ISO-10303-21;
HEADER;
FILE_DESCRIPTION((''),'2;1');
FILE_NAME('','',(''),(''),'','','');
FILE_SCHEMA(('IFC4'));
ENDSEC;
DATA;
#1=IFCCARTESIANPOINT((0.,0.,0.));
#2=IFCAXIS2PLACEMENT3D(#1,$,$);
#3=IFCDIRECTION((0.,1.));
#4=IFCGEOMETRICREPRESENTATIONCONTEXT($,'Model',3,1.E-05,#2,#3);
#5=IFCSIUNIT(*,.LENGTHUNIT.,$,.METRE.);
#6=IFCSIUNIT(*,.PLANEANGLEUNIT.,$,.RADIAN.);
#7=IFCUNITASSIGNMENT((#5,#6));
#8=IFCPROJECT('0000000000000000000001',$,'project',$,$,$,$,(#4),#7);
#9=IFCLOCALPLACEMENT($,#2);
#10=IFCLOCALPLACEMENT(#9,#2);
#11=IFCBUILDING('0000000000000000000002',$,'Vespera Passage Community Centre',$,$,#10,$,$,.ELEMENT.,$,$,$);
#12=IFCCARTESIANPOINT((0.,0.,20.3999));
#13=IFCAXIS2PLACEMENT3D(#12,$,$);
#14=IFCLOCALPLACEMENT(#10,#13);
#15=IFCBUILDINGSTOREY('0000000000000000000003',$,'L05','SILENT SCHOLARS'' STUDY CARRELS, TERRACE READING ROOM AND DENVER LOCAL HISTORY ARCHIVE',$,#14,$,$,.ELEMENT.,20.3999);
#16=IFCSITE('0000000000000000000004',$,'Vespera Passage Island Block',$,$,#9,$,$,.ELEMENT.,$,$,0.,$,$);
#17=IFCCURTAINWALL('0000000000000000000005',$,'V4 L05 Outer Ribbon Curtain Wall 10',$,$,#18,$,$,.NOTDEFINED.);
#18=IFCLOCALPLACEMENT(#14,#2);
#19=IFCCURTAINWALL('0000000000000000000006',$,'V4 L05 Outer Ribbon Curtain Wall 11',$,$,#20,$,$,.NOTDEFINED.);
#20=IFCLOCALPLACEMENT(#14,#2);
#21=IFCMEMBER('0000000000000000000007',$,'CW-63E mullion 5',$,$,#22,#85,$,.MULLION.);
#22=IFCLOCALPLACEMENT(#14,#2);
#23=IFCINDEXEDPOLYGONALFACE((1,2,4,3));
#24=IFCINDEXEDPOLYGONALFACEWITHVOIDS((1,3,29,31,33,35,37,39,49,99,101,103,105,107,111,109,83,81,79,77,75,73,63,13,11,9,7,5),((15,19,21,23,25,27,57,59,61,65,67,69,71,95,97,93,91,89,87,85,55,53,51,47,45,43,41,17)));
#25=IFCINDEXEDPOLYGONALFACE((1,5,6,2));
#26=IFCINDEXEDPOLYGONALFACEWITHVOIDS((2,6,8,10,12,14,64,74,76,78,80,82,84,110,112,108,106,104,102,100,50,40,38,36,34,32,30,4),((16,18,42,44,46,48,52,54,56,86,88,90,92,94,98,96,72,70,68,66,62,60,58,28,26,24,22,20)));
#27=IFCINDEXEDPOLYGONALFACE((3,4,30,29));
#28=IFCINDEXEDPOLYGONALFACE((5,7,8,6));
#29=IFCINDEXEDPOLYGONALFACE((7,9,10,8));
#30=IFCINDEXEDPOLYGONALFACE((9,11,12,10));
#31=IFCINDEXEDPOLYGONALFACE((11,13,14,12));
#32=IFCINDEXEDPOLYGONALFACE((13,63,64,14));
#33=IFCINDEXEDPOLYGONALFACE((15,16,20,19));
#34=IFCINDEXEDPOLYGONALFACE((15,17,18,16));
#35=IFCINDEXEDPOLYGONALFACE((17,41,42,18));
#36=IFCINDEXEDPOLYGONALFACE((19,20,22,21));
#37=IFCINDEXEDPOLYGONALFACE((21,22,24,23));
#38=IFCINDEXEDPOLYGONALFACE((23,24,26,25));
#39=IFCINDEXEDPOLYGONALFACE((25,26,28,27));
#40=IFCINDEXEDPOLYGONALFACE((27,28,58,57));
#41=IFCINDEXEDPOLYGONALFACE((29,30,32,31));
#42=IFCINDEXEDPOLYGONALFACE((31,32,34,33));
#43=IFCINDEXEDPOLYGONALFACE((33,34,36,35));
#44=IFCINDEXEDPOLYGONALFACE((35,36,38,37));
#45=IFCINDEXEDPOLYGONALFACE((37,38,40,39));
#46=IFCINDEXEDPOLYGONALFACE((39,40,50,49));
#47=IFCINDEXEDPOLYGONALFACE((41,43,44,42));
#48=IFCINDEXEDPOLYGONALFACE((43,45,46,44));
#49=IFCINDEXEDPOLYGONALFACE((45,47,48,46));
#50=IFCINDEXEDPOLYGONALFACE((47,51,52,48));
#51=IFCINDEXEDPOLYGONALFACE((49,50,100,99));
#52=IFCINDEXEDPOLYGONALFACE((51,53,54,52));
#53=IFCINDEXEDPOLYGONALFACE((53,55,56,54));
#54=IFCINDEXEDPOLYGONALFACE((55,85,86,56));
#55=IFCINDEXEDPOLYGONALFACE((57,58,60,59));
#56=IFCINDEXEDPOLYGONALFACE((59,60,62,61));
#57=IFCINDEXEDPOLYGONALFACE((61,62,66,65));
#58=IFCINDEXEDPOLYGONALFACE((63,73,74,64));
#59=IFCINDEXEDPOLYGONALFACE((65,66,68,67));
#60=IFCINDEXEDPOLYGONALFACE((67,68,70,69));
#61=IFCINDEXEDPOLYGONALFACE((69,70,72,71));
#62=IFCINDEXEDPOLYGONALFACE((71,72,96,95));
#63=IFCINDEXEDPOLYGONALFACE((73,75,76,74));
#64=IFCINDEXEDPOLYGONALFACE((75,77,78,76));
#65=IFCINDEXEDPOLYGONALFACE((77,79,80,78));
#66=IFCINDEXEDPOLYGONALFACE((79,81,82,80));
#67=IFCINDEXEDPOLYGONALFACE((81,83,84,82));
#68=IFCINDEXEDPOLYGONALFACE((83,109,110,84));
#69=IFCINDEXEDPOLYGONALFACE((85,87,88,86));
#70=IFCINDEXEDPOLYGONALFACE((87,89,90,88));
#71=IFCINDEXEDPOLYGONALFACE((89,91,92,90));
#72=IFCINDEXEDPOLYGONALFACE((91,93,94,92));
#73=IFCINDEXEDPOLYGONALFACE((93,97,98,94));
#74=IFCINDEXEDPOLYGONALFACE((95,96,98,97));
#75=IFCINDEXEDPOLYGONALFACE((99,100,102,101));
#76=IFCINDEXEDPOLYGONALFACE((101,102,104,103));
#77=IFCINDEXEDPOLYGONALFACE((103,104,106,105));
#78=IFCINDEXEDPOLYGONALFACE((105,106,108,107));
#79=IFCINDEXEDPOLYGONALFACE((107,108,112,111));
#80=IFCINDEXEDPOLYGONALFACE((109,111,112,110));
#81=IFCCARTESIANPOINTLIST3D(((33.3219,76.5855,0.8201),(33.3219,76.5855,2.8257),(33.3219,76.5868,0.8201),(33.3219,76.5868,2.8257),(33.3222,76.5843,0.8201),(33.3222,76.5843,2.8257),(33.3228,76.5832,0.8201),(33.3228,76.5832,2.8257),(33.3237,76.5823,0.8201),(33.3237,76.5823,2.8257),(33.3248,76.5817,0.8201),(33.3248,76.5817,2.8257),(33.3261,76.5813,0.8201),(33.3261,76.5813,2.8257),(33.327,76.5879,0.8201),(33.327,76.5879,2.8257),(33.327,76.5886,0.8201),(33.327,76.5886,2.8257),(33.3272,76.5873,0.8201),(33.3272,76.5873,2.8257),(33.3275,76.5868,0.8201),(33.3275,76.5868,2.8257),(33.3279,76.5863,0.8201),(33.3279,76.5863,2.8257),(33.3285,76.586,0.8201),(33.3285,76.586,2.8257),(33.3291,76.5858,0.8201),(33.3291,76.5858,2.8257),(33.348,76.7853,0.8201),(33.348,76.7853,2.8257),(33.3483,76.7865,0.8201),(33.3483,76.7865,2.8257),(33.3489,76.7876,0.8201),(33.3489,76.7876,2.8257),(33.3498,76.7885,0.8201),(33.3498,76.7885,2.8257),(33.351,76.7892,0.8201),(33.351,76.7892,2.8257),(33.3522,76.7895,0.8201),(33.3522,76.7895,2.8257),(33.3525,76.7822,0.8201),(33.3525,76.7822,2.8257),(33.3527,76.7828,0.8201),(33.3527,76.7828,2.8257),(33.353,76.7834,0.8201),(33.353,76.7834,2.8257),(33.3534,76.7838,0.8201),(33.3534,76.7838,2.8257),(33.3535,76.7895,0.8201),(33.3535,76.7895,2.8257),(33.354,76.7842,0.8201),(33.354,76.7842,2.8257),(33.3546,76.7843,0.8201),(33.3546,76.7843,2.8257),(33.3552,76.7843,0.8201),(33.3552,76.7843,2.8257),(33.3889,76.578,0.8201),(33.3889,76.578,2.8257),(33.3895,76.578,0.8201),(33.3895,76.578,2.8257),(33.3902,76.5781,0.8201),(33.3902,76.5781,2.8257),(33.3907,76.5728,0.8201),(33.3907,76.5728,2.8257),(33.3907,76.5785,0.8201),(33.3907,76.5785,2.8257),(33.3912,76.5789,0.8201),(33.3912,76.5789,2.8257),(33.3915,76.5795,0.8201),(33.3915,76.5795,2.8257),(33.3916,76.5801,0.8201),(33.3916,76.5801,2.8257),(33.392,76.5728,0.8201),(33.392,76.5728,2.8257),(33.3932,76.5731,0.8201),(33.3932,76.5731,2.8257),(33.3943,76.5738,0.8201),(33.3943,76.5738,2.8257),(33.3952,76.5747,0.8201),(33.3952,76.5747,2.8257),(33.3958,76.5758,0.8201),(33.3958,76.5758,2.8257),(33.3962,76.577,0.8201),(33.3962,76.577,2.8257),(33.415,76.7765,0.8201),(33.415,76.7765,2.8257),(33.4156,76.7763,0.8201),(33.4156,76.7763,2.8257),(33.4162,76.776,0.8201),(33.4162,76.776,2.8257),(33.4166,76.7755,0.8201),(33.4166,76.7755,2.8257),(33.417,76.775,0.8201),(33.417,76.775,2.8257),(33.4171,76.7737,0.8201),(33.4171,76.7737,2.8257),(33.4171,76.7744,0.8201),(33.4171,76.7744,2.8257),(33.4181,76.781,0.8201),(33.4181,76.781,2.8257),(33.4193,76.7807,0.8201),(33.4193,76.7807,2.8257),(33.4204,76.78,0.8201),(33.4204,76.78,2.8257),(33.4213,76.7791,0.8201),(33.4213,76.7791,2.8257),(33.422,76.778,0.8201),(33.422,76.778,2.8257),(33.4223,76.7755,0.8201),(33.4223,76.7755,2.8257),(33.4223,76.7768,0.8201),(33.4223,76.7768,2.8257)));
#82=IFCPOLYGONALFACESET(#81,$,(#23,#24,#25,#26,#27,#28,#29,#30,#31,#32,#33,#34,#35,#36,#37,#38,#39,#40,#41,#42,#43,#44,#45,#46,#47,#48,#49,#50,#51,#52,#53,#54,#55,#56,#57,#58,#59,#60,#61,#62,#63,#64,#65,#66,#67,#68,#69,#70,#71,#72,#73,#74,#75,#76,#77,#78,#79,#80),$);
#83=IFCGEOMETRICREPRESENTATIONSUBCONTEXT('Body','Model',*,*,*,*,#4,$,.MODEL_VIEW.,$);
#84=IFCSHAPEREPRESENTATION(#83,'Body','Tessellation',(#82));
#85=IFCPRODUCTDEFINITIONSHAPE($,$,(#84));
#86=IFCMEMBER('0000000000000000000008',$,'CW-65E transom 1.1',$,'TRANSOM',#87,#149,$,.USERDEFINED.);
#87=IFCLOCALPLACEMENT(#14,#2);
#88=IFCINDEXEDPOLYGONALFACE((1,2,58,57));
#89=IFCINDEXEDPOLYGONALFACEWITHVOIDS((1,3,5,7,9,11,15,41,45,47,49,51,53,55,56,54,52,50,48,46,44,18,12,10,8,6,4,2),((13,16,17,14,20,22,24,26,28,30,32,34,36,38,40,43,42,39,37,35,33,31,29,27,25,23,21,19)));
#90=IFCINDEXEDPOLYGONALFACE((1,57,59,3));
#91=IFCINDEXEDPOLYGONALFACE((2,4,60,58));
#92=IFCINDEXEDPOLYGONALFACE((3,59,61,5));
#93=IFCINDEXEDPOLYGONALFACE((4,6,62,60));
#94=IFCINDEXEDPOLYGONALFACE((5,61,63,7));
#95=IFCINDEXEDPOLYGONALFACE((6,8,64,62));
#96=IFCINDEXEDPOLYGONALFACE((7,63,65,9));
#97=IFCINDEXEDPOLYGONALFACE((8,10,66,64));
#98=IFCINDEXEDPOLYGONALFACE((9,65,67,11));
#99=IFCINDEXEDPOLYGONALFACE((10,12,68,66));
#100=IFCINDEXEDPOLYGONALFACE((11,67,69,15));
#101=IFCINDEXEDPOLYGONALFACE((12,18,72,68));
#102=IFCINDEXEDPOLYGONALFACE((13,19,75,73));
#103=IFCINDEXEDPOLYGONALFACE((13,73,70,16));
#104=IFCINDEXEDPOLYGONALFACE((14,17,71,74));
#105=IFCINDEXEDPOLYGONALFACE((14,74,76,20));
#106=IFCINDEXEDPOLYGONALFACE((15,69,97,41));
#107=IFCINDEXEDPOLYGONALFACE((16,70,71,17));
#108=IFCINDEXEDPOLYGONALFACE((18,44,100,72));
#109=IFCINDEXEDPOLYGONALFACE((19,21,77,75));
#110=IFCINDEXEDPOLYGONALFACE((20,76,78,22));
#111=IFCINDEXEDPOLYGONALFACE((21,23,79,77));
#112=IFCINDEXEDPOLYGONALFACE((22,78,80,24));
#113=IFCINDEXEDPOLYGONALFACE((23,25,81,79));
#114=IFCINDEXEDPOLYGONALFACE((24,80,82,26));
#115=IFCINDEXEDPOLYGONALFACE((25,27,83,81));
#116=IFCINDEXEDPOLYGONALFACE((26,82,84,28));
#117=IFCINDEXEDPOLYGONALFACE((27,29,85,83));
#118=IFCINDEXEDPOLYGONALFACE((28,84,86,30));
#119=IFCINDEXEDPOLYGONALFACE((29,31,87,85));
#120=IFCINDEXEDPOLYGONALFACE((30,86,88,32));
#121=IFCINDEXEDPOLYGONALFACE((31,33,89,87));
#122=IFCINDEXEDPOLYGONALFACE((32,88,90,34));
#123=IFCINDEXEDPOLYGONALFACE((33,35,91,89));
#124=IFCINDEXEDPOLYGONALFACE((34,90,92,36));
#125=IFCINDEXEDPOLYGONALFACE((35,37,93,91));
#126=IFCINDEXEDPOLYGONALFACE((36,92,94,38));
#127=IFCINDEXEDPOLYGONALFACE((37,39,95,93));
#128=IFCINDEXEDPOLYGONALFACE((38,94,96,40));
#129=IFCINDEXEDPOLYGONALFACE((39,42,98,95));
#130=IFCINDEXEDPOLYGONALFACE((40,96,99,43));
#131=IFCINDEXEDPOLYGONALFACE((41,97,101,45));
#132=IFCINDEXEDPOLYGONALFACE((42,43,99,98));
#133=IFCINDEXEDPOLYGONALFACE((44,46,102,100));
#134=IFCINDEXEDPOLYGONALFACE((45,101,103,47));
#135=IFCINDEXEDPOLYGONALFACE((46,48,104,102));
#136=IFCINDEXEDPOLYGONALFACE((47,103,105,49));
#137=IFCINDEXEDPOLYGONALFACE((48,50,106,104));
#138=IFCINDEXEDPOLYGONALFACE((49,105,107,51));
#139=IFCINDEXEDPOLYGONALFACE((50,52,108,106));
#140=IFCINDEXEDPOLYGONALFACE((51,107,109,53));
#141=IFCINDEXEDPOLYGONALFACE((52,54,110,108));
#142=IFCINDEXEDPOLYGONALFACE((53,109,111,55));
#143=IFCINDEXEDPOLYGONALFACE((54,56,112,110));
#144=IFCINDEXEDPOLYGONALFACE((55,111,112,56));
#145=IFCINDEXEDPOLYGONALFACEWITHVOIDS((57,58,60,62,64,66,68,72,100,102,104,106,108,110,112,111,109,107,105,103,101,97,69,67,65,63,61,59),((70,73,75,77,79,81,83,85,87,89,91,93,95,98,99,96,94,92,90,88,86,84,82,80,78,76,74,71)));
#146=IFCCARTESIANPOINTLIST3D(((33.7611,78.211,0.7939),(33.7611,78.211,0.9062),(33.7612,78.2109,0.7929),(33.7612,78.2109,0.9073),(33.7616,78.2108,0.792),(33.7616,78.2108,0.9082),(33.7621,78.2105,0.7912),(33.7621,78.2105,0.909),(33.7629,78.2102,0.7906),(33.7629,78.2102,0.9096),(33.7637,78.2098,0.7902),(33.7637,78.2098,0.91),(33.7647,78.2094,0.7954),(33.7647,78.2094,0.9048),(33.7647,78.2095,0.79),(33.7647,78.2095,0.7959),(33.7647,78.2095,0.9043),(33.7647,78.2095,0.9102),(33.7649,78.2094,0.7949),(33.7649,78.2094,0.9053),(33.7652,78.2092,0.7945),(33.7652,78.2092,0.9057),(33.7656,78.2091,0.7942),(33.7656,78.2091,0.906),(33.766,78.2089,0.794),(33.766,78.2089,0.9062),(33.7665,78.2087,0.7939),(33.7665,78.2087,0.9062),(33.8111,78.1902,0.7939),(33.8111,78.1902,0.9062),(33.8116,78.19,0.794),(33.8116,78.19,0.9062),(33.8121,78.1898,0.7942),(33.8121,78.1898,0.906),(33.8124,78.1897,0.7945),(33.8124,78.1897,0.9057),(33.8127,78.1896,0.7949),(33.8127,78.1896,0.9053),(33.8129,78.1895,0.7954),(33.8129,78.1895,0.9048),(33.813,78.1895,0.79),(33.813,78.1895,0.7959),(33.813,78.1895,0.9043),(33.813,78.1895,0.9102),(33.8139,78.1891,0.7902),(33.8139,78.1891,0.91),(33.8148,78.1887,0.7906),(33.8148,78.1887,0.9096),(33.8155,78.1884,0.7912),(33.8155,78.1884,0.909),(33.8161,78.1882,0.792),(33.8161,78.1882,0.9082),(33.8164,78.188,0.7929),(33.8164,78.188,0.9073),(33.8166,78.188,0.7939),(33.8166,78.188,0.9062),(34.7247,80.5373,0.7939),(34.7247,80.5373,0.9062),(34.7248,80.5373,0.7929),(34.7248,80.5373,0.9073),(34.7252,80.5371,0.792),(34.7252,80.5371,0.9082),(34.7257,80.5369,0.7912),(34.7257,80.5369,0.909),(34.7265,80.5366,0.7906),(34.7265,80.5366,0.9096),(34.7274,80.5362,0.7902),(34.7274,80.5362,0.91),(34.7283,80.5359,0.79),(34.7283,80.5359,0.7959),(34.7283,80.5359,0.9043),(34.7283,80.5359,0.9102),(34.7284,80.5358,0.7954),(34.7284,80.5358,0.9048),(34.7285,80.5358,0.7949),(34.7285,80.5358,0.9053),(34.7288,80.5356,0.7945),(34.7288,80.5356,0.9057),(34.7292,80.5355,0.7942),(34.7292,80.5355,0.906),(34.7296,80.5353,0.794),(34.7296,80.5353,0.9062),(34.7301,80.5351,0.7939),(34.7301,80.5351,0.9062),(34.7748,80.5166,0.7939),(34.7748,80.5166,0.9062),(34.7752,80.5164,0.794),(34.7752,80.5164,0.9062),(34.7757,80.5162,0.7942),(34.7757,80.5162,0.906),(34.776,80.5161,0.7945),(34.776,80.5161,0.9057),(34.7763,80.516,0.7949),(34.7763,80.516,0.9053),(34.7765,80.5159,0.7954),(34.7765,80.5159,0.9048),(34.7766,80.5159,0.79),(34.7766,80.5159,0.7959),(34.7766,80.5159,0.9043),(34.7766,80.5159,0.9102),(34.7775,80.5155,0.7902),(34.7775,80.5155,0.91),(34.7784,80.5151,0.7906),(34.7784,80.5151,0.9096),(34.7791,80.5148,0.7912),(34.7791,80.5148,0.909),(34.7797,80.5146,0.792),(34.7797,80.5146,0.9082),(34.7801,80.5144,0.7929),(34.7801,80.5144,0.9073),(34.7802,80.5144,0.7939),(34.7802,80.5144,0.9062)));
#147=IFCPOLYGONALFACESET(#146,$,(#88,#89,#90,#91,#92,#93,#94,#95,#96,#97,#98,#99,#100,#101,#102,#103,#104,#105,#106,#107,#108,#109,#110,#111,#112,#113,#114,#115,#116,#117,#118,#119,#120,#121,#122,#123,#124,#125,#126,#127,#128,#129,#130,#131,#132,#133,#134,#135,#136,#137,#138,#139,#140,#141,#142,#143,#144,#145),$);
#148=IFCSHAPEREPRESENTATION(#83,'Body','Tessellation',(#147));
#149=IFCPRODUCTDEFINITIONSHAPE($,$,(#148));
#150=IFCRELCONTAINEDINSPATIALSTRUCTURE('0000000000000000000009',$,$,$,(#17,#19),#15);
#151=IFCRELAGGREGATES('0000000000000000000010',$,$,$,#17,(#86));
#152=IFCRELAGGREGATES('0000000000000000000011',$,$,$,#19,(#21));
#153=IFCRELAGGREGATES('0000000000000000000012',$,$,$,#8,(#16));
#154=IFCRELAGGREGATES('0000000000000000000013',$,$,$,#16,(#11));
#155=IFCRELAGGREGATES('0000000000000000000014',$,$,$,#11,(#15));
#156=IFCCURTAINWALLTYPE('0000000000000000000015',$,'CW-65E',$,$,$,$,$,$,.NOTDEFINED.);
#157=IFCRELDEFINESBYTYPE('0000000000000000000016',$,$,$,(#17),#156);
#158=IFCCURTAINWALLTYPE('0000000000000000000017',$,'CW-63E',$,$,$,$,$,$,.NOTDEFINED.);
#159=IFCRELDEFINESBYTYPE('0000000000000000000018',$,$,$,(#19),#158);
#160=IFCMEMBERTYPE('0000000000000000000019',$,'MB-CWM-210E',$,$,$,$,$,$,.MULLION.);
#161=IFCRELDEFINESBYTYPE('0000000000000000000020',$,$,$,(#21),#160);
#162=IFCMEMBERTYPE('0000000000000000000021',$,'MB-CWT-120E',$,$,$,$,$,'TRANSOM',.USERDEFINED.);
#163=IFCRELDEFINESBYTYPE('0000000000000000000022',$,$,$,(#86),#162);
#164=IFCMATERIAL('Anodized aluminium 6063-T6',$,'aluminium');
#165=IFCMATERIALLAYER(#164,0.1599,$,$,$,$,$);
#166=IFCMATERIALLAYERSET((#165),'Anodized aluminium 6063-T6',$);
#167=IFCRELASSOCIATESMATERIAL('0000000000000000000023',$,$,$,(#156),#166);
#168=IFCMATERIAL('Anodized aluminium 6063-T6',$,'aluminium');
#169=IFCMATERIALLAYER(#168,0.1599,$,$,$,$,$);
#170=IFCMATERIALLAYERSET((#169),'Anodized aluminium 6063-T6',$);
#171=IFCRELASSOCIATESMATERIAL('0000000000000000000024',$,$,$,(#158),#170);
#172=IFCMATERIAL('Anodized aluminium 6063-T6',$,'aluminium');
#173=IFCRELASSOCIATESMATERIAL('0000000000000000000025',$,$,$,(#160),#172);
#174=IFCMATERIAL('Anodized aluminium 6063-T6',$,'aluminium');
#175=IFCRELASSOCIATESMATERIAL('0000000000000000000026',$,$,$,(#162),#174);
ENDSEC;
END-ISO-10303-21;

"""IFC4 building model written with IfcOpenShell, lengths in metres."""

from ifc_helpers import new_model, si_unit, direction, frame, origin, origin_2d, place, context, subcontext, project, spatial, hollow_rectangle, extrude, material, layer, layer_set, material_profile, profile_set, type_object, element, aggregate, save


model = new_model("IFC4")

# Units and contexts
model_context = context("Model", 3, precision=1e-05, world=origin(), true_north=direction((0.0, 1.0)))
body_context = subcontext(model_context, "Body", "Model", "MODEL_VIEW")
ifc_project = project(units=[si_unit("LENGTHUNIT", "METRE"), si_unit("PLANEANGLEUNIT", "RADIAN")], contexts=[model_context])

# Site, building, storey
site_placement = place(None, origin())
site = spatial("IfcSite", under=ifc_project, at=site_placement, Name="Vespera Passage Island Block", CompositionType="ELEMENT", RefElevation=0.0)
building_placement = place(site_placement, origin())
building = spatial("IfcBuilding", under=site, at=building_placement, Name="Vespera Passage Community Centre", CompositionType="ELEMENT")
storey_placement = place(building_placement, frame((0.0, 0.0, 20.3999)))
storey = spatial("IfcBuildingStorey", under=building, at=storey_placement, Name="L05", Description="SILENT SCHOLARS' STUDY CARRELS, TERRACE READING ROOM AND DENVER LOCAL HISTORY ARCHIVE", CompositionType="ELEMENT", Elevation=20.3999)

# Curtain wall
ifc_material_1 = material(Name="Anodized aluminium 6063-T6", Category="aluminium")
ifc_layer_1 = layer(ifc_material_1, 0.1599)
ifc_layer_set_1 = layer_set([ifc_layer_1], Name="Anodized aluminium 6063-T6")
curtain_wall_type_1 = type_object("IfcCurtainWallType", Name="CW-65E", PredefinedType="NOTDEFINED", material=ifc_layer_set_1)
curtain_wall_1_placement = place(storey_placement, origin())
curtain_wall_1 = element("IfcCurtainWall", 1, at=curtain_wall_1_placement, inside=storey, type_object=curtain_wall_type_1, Name="V4 L05 Outer Ribbon Curtain Wall 10", PredefinedType="NOTDEFINED")

# Curtain wall, member
ifc_material_2 = material(Name="Anodized aluminium 6063-T6", Category="aluminium")
ifc_layer_2 = layer(ifc_material_2, 0.1599)
ifc_layer_set_2 = layer_set([ifc_layer_2], Name="Anodized aluminium 6063-T6")
curtain_wall_type_2 = type_object("IfcCurtainWallType", Name="CW-63E", PredefinedType="NOTDEFINED", material=ifc_layer_set_2)
curtain_wall_2_placement = place(storey_placement, origin())
curtain_wall_2 = element("IfcCurtainWall", 2, at=curtain_wall_2_placement, inside=storey, type_object=curtain_wall_type_2, Name="V4 L05 Outer Ribbon Curtain Wall 11", PredefinedType="NOTDEFINED")
ifc_material_3 = material(Name="Anodized aluminium 6063-T6", Category="aluminium")
ifc_material_profile_1 = material_profile(ifc_material_3, hollow_rectangle(XDim=0.075, YDim=0.21, WallThickness=0.0049, InnerFilletRadius=0.0024, OuterFilletRadius=0.0049, at=origin_2d()), Name="ALU210X75X5")
ifc_profile_set_1 = profile_set([ifc_material_profile_1], Name="Anodized aluminium 6063-T6")
member_type_1 = type_object("IfcMemberType", Name="MB-CWM-210E", PredefinedType="MULLION", material=ifc_profile_set_1)
member_1_placement = place(storey_placement, frame((33.3721, 76.6812, 0.8201), z_axis=(0.0, 0.0, 1.0), x_axis=(-0.991445, 0.130523, 0.0)))
member_1 = element("IfcMember", 3, at=member_1_placement, type_object=member_type_1, Name="CW-63E mullion 5", PredefinedType="MULLION", context=body_context, shape_type="SweptSolid", body=[
    extrude(hollow_rectangle(XDim=0.075, YDim=0.21, WallThickness=0.0049, InnerFilletRadius=0.0024, OuterFilletRadius=0.0049, at=origin_2d()), origin(), (0.0, 0.0, 1.0), 2.0056),
])

# Member
ifc_material_4 = material(Name="Anodized aluminium 6063-T6", Category="aluminium")
ifc_material_profile_2 = material_profile(ifc_material_4, hollow_rectangle(XDim=0.0601, YDim=0.1201, WallThickness=0.0039, InnerFilletRadius=0.002, OuterFilletRadius=0.0039, at=origin_2d()), Name="ALU120X60X4")
ifc_profile_set_2 = profile_set([ifc_material_profile_2], Name="Anodized aluminium 6063-T6")
member_type_2 = type_object("IfcMemberType", Name="MB-CWT-120E", ElementType="TRANSOM", PredefinedType="USERDEFINED", material=ifc_profile_set_2)
member_2_placement = place(storey_placement, frame((33.7888, 78.1995, 0.8501), z_axis=(0.38268, 0.923881, 0.0), x_axis=(-0.923881, 0.38268, 0.0)))
member_2 = element("IfcMember", 4, at=member_2_placement, type_object=member_type_2, Name="CW-65E transom 1.1", ObjectType="TRANSOM", PredefinedType="USERDEFINED", context=body_context, shape_type="SweptSolid", body=[
    extrude(hollow_rectangle(XDim=0.0601, YDim=0.1201, WallThickness=0.0039, InnerFilletRadius=0.002, OuterFilletRadius=0.0039, at=origin_2d()), origin(), (0.0, 0.0, 1.0), 2.5181),
])

aggregate(curtain_wall_1, [member_2])
aggregate(curtain_wall_2, [member_1])

save(model, "model.ifc")
